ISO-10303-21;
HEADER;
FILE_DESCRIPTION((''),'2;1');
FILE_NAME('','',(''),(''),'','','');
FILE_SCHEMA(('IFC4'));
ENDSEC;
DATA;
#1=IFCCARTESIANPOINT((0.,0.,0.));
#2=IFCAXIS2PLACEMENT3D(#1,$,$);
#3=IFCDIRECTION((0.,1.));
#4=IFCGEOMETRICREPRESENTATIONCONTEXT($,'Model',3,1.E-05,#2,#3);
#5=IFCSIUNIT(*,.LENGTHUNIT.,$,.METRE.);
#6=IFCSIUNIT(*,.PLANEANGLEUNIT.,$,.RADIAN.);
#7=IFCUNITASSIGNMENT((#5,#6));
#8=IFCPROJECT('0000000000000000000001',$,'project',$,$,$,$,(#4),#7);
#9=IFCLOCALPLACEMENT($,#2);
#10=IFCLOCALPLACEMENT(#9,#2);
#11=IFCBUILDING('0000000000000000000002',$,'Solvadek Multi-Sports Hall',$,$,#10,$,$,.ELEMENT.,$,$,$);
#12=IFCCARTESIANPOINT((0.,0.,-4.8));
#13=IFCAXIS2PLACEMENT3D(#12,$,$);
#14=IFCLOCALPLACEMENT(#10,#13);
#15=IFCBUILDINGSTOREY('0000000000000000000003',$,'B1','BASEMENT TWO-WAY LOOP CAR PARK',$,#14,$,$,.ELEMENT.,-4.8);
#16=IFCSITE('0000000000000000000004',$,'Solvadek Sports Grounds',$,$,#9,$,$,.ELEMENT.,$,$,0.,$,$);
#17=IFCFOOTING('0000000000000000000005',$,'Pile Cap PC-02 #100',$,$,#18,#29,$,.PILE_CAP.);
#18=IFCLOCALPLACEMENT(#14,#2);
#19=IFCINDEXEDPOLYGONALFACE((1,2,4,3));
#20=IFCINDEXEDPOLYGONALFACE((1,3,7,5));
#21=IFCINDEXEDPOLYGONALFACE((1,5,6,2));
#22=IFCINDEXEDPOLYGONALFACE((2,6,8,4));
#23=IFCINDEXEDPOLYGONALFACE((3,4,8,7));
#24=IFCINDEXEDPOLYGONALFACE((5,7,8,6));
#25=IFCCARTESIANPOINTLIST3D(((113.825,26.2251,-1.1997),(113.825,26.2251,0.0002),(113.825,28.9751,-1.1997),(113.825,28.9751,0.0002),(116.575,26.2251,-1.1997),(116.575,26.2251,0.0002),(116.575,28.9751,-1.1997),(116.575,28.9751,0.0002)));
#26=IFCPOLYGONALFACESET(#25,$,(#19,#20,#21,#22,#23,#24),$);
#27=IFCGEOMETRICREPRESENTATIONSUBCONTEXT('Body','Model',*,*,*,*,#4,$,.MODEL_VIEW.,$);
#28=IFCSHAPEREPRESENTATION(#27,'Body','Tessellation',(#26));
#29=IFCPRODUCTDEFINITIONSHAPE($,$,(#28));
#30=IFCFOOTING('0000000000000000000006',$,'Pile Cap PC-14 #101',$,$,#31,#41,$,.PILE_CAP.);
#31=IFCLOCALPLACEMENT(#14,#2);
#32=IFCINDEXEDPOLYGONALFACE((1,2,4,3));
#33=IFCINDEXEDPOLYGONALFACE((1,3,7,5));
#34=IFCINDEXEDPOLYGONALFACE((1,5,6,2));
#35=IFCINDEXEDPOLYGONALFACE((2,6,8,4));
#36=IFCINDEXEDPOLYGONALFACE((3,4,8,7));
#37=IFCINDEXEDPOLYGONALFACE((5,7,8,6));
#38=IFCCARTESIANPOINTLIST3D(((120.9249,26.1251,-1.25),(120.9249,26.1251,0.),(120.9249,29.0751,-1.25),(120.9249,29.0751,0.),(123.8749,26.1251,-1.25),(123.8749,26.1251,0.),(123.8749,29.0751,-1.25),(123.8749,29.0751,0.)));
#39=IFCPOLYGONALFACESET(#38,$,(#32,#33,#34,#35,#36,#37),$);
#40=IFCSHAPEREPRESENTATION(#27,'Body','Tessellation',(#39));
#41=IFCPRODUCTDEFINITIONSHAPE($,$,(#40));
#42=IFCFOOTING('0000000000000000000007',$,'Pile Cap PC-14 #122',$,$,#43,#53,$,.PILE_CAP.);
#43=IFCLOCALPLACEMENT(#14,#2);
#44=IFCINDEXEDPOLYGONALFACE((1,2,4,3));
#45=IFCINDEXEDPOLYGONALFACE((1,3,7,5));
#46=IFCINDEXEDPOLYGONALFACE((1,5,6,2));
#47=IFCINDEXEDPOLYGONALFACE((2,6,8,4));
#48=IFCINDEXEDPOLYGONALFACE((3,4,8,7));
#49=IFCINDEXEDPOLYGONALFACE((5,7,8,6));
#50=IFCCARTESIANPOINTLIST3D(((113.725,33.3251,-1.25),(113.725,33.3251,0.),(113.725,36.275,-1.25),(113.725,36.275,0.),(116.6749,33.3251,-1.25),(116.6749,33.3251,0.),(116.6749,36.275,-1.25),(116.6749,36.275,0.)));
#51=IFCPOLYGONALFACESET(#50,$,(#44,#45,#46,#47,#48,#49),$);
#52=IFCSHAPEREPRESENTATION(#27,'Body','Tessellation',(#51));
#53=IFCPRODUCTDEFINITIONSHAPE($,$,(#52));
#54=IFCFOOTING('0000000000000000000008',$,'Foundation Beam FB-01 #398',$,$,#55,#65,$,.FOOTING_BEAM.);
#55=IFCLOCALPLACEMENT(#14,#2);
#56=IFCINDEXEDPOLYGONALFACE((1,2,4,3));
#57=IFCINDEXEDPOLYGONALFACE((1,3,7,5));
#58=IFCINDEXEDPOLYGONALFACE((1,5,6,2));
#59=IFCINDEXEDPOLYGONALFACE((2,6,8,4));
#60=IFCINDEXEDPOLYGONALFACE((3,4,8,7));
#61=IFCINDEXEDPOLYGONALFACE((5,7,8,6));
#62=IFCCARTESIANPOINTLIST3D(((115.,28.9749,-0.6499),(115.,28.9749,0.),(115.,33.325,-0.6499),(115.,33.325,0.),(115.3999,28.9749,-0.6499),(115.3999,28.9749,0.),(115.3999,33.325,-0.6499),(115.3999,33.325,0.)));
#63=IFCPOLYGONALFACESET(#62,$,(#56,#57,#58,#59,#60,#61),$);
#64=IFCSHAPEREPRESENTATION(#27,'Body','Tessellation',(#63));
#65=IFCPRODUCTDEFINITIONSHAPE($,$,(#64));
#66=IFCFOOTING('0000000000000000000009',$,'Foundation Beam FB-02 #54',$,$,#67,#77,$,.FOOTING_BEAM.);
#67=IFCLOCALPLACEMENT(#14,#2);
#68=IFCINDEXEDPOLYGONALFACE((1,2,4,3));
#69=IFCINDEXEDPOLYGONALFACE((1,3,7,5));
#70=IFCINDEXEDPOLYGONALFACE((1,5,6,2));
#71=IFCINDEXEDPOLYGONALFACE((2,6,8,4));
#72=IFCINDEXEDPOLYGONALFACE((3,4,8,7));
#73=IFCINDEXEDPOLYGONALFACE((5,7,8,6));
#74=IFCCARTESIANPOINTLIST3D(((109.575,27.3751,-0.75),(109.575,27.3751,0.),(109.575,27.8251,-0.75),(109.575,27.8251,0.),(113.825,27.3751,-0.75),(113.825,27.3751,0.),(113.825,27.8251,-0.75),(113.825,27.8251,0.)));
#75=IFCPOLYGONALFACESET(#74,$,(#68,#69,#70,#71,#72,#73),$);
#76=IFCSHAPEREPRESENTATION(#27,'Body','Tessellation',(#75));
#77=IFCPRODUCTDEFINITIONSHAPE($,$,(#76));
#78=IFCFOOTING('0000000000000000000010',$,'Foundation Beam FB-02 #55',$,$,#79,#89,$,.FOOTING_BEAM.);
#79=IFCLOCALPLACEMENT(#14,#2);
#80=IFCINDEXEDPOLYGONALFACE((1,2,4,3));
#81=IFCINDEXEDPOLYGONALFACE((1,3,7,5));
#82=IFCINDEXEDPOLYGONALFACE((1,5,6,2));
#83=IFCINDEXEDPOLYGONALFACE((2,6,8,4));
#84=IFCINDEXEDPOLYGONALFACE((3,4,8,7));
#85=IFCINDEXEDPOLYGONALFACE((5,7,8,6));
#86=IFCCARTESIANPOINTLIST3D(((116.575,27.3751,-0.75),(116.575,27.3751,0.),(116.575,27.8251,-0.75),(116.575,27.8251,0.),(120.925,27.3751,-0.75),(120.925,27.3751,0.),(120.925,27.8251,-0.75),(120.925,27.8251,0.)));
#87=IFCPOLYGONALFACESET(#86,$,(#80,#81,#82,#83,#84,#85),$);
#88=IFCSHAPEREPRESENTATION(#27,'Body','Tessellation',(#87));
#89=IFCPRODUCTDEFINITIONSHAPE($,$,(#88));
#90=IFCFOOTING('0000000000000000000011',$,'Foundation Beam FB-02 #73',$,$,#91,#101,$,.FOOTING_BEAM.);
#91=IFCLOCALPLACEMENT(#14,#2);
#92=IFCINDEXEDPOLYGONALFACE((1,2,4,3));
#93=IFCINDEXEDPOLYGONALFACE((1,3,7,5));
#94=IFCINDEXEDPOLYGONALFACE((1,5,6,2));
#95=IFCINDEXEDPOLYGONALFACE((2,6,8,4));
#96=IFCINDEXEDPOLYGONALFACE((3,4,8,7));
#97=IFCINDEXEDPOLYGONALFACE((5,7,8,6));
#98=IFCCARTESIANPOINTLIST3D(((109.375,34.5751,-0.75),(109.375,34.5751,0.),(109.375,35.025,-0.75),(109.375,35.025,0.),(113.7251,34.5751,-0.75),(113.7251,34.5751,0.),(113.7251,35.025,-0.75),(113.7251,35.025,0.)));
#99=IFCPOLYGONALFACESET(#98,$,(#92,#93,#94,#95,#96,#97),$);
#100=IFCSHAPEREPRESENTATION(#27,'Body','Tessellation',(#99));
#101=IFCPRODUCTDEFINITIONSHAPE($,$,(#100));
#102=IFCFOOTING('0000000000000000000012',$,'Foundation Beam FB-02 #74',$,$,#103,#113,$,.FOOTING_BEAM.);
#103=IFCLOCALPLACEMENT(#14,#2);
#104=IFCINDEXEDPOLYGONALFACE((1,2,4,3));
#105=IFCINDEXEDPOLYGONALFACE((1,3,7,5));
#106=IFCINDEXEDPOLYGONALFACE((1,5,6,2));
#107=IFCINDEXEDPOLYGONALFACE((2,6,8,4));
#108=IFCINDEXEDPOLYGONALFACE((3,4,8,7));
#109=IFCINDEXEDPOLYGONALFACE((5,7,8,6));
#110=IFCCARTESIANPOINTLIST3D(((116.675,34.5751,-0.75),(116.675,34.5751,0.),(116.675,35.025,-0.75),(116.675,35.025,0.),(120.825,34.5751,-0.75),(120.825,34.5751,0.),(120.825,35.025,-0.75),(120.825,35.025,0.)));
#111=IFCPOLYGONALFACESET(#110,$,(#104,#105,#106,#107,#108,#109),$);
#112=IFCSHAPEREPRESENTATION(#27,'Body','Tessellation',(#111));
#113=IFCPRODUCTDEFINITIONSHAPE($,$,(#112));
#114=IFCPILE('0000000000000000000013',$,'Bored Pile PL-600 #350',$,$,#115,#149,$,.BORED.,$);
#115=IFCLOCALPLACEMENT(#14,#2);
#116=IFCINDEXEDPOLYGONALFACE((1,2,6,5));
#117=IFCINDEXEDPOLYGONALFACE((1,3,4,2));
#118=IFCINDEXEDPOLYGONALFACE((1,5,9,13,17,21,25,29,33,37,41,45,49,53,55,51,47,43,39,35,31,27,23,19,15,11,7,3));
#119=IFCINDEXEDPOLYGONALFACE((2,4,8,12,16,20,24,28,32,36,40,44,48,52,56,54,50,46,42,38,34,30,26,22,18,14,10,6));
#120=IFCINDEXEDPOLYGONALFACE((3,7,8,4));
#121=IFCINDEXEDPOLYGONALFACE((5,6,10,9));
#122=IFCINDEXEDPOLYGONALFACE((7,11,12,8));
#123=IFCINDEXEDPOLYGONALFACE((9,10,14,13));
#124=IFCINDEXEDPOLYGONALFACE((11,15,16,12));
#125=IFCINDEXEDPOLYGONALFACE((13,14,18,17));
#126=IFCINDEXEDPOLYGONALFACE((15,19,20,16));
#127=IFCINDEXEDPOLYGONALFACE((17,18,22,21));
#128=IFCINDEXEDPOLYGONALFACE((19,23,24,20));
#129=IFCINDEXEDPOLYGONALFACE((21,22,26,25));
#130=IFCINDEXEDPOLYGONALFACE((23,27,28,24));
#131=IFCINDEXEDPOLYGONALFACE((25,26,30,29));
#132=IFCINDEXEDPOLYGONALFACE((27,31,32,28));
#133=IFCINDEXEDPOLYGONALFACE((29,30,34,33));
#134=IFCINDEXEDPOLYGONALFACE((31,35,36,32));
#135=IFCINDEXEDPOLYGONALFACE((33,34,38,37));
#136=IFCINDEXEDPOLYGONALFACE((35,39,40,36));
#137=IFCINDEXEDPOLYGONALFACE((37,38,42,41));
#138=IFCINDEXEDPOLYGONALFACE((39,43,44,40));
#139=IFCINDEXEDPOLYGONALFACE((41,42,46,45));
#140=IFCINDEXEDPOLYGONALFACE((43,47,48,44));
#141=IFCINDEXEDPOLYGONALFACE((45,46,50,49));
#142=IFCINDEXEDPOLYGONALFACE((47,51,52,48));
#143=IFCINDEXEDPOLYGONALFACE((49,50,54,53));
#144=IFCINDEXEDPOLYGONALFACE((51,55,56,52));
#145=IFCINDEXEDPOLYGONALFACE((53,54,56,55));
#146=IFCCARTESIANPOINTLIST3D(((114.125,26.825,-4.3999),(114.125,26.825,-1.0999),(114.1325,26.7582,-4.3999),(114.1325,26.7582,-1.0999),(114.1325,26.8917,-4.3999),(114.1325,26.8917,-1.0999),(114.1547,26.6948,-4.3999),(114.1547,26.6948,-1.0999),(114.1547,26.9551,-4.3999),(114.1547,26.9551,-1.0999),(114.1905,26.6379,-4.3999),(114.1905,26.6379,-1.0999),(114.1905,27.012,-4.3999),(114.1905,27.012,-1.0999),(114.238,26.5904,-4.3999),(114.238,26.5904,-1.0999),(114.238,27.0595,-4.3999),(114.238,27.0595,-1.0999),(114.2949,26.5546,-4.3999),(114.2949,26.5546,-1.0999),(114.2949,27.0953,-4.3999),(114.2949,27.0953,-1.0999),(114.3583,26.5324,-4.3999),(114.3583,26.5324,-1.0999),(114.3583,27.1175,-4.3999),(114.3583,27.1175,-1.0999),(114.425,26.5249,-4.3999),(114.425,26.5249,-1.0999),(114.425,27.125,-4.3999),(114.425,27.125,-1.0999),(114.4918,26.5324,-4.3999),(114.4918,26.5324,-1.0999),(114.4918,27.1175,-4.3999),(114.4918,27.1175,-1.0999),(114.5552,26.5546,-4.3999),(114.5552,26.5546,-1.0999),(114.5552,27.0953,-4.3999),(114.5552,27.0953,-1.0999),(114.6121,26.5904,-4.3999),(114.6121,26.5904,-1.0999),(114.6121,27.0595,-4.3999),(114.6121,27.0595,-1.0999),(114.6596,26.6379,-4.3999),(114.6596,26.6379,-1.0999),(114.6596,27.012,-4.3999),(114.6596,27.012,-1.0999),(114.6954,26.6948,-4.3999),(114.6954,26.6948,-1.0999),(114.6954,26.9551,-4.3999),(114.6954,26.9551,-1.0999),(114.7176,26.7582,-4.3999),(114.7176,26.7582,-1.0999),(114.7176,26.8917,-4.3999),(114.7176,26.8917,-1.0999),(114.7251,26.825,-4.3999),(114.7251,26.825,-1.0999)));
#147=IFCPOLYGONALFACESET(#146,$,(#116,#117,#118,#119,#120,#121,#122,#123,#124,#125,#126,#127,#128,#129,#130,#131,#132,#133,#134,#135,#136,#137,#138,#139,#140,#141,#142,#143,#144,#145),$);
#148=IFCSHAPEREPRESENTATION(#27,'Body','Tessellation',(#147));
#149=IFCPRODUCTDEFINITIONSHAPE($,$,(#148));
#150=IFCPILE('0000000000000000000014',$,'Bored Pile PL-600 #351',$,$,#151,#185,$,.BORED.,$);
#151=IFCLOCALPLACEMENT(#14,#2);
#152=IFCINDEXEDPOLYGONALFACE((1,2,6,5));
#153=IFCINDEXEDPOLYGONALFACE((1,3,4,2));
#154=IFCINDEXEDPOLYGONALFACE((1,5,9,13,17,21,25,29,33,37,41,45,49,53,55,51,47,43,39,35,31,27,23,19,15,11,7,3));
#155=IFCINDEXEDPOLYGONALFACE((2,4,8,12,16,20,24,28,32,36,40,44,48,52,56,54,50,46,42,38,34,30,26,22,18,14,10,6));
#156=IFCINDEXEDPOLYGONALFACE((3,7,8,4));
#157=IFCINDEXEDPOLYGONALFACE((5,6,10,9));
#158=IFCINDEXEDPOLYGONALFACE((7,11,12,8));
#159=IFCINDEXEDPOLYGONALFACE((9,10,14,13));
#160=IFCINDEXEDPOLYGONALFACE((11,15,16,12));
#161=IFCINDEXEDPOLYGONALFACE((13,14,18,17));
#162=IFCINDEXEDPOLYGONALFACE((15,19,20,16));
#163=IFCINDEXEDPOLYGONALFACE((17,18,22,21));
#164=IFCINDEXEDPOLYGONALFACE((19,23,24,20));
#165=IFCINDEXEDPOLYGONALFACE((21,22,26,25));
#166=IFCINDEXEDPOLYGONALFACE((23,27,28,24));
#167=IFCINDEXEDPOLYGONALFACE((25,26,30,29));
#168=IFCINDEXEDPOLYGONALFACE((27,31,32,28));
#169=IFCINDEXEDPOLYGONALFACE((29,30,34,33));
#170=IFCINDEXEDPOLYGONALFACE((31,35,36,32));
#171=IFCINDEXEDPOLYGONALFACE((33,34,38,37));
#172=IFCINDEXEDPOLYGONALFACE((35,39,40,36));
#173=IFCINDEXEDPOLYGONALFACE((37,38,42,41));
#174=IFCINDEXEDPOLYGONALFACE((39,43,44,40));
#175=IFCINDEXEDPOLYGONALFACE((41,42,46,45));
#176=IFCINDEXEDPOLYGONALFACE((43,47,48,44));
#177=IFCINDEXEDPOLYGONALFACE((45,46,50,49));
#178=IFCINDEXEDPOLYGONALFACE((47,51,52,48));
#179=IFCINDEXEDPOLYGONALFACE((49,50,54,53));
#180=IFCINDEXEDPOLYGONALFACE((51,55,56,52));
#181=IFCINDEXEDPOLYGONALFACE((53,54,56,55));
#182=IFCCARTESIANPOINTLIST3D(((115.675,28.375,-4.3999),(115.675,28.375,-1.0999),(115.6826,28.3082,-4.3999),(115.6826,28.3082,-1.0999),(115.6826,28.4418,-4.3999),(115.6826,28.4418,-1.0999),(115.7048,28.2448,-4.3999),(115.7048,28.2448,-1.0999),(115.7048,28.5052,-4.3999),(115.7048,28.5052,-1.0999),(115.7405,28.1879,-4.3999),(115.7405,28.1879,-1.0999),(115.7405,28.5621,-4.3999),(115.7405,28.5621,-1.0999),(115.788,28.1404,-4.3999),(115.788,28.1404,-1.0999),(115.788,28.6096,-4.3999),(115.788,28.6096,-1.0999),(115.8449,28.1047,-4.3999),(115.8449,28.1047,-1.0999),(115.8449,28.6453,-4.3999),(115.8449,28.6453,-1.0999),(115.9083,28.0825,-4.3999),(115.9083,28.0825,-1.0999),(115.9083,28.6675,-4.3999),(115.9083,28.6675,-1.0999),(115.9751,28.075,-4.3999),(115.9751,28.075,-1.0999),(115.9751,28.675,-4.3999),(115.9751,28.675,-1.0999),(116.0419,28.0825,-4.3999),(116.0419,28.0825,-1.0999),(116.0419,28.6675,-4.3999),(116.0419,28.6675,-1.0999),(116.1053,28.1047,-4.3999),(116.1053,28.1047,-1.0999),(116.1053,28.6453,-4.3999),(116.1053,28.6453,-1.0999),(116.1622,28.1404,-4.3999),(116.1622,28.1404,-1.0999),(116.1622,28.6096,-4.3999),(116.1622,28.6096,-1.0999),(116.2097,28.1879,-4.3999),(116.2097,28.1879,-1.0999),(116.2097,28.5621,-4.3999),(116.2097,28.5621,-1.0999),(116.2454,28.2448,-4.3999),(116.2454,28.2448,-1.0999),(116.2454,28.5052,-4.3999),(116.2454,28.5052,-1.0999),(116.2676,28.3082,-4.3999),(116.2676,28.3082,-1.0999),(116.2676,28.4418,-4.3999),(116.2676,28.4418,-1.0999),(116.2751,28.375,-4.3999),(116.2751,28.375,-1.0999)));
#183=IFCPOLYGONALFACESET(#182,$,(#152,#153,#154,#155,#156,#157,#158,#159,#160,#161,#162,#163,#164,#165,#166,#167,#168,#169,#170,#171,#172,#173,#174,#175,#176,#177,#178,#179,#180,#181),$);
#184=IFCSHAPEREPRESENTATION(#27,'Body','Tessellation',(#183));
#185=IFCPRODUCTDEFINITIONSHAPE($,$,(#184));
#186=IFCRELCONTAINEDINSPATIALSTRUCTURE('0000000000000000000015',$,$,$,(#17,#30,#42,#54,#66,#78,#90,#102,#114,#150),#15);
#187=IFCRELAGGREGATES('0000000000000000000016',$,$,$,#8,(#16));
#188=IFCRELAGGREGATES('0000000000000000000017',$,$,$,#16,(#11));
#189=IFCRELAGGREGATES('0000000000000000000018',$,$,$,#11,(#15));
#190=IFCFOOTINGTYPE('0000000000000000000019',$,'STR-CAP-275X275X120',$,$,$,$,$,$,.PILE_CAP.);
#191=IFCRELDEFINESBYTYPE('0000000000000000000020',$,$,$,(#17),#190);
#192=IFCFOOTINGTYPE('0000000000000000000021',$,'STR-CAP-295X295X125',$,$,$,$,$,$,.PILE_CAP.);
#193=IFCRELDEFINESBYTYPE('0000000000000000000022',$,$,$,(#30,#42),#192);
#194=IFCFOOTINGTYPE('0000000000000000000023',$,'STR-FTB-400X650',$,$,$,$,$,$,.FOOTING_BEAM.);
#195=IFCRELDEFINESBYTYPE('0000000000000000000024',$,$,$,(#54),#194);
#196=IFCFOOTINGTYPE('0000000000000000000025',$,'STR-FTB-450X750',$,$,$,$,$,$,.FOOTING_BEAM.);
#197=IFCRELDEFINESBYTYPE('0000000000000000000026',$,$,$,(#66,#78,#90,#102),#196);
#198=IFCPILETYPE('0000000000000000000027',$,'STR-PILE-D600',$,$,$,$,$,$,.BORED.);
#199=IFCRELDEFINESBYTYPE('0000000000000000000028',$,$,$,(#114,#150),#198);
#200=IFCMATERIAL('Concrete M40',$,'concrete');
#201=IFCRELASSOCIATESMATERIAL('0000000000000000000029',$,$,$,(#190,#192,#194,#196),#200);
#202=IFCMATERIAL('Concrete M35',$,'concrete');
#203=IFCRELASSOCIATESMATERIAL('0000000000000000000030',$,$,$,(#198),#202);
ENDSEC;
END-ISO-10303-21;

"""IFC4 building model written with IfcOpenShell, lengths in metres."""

from ifc_helpers import new_model, si_unit, direction, frame, origin, origin_2d, place, context, subcontext, project, spatial, rectangle, circle, extrude, material, material_profile, profile_set, type_object, element, save


model = new_model("IFC4")

# Units and contexts
model_context = context("Model", 3, precision=1e-05, world=origin(), true_north=direction((0.0, 1.0)))
body_context = subcontext(model_context, "Body", "Model", "MODEL_VIEW")
ifc_project = project(units=[si_unit("LENGTHUNIT", "METRE"), si_unit("PLANEANGLEUNIT", "RADIAN")], contexts=[model_context])

# Site, building, storey
site_placement = place(None, origin())
site = spatial("IfcSite", under=ifc_project, at=site_placement, Name="Solvadek Sports Grounds", CompositionType="ELEMENT", RefElevation=0.0)
building_placement = place(site_placement, origin())
building = spatial("IfcBuilding", under=site, at=building_placement, Name="Solvadek Multi-Sports Hall", CompositionType="ELEMENT")
storey_placement = place(building_placement, frame((0.0, 0.0, -4.8)))
storey = spatial("IfcBuildingStorey", under=building, at=storey_placement, Name="B1", Description="BASEMENT TWO-WAY LOOP CAR PARK", CompositionType="ELEMENT", Elevation=-4.8)

# Footings
ifc_material_1 = material(Name="Concrete M40", Category="concrete")
footing_type_1 = type_object("IfcFootingType", Name="STR-CAP-275X275X120", PredefinedType="PILE_CAP", material=ifc_material_1)
footing_1_placement = place(storey_placement, frame((115.2, 27.6001, -1.1997), z_axis=(0.0, 0.0, 1.0), x_axis=(1.0, 0.0, 0.0)))
element("IfcFooting", 1, at=footing_1_placement, inside=storey, type_object=footing_type_1, Name="Pile Cap PC-02 #100", PredefinedType="PILE_CAP", context=body_context, shape_type="SweptSolid", body=[
    extrude(rectangle(XDim=2.75, YDim=2.75, at=origin_2d()), origin(), (0.0, 0.0, 1.0), 1.2),
])
footing_type_2 = type_object("IfcFootingType", Name="STR-CAP-295X295X125", PredefinedType="PILE_CAP", material=ifc_material_1)
for number, where, z_axis, x_axis, name in (
    (2, (122.3999, 27.6001, -1.25), (0.0, 0.0, 1.0), (1.0, 0.0, 0.0), "Pile Cap PC-14 #101"),
    (3, (115.2, 34.8, -1.25), (0.0, 0.0, 1.0), (1.0, 0.0, 0.0), "Pile Cap PC-14 #122"),
):
    element("IfcFooting", number, at=place(storey_placement, frame(where, z_axis=z_axis, x_axis=x_axis)), inside=storey, type_object=footing_type_2, Name=name, PredefinedType="PILE_CAP", context=body_context, shape_type="SweptSolid", body=[
        extrude(rectangle(XDim=2.95, YDim=2.95, at=origin_2d()), origin(), (0.0, 0.0, 1.0), 1.25),
    ])
footing_type_3 = type_object("IfcFootingType", Name="STR-FTB-400X650", PredefinedType="FOOTING_BEAM", material=ifc_material_1)
footing_2_placement = place(storey_placement, frame((115.2, 31.1499, -0.6499), z_axis=(0.0, 0.0, 1.0), x_axis=(0.0, 1.0, 0.0)))
element("IfcFooting", 4, at=footing_2_placement, inside=storey, type_object=footing_type_3, Name="Foundation Beam FB-01 #398", PredefinedType="FOOTING_BEAM", context=body_context, shape_type="SweptSolid", body=[
    extrude(rectangle(XDim=4.3501, YDim=0.3999, at=origin_2d()), origin(), (0.0, 0.0, 1.0), 0.6499),
])
footing_type_4 = type_object("IfcFootingType", Name="STR-FTB-450X750", PredefinedType="FOOTING_BEAM", material=ifc_material_1)
footing_3_placement = place(storey_placement, frame((111.7, 27.6001, -0.75), z_axis=(0.0, 0.0, 1.0), x_axis=(1.0, 0.0, 0.0)))
element("IfcFooting", 5, at=footing_3_placement, inside=storey, type_object=footing_type_4, Name="Foundation Beam FB-02 #54", PredefinedType="FOOTING_BEAM", context=body_context, shape_type="SweptSolid", body=[
    extrude(rectangle(XDim=4.25, YDim=0.45, at=origin_2d()), origin(), (0.0, 0.0, 1.0), 0.75),
])
for number, where, z_axis, x_axis, name in (
    (6, (118.75, 27.6001, -0.75), (0.0, 0.0, 1.0), (1.0, 0.0, 0.0), "Foundation Beam FB-02 #55"),
    (7, (111.55, 34.8, -0.75), (0.0, 0.0, 1.0), (1.0, 0.0, 0.0), "Foundation Beam FB-02 #73"),
):
    element("IfcFooting", number, at=place(storey_placement, frame(where, z_axis=z_axis, x_axis=x_axis)), inside=storey, type_object=footing_type_4, Name=name, PredefinedType="FOOTING_BEAM", context=body_context, shape_type="SweptSolid", body=[
        extrude(rectangle(XDim=4.3501, YDim=0.45, at=origin_2d()), origin(), (0.0, 0.0, 1.0), 0.75),
    ])
footing_4_placement = place(storey_placement, frame((118.75, 34.8, -0.75), z_axis=(0.0, 0.0, 1.0), x_axis=(1.0, 0.0, 0.0)))
element("IfcFooting", 8, at=footing_4_placement, inside=storey, type_object=footing_type_4, Name="Foundation Beam FB-02 #74", PredefinedType="FOOTING_BEAM", context=body_context, shape_type="SweptSolid", body=[
    extrude(rectangle(XDim=4.1499, YDim=0.45, at=origin_2d()), origin(), (0.0, 0.0, 1.0), 0.75),
])

# Piles
ifc_material_2 = material(Name="Concrete M35", Category="concrete")
ifc_material_profile_1 = material_profile(ifc_material_2, circle(Radius=0.3, at=origin_2d()), Name="BORED PILE D600")
ifc_profile_set_1 = profile_set([ifc_material_profile_1], Name="Concrete M35")
pile_type_1 = type_object("IfcPileType", Name="STR-PILE-D600", PredefinedType="BORED", material=ifc_profile_set_1)
for number, where, z_axis, x_axis, name in (
    (9, (114.425, 26.825, -1.0999), (0.0, 0.0, -1.0), (1.0, 0.0, 0.0), "Bored Pile PL-600 #350"),
    (10, (115.9751, 28.375, -1.0999), (0.0, 0.0, -1.0), (1.0, 0.0, 0.0), "Bored Pile PL-600 #351"),
):
    element("IfcPile", number, at=place(storey_placement, frame(where, z_axis=z_axis, x_axis=x_axis)), inside=storey, type_object=pile_type_1, Name=name, PredefinedType="BORED", context=body_context, shape_type="SweptSolid", body=[
        extrude(circle(Radius=0.3, at=origin_2d()), origin(), (0.0, 0.0, 1.0), 3.3),
    ])

save(model, "model.ifc")
